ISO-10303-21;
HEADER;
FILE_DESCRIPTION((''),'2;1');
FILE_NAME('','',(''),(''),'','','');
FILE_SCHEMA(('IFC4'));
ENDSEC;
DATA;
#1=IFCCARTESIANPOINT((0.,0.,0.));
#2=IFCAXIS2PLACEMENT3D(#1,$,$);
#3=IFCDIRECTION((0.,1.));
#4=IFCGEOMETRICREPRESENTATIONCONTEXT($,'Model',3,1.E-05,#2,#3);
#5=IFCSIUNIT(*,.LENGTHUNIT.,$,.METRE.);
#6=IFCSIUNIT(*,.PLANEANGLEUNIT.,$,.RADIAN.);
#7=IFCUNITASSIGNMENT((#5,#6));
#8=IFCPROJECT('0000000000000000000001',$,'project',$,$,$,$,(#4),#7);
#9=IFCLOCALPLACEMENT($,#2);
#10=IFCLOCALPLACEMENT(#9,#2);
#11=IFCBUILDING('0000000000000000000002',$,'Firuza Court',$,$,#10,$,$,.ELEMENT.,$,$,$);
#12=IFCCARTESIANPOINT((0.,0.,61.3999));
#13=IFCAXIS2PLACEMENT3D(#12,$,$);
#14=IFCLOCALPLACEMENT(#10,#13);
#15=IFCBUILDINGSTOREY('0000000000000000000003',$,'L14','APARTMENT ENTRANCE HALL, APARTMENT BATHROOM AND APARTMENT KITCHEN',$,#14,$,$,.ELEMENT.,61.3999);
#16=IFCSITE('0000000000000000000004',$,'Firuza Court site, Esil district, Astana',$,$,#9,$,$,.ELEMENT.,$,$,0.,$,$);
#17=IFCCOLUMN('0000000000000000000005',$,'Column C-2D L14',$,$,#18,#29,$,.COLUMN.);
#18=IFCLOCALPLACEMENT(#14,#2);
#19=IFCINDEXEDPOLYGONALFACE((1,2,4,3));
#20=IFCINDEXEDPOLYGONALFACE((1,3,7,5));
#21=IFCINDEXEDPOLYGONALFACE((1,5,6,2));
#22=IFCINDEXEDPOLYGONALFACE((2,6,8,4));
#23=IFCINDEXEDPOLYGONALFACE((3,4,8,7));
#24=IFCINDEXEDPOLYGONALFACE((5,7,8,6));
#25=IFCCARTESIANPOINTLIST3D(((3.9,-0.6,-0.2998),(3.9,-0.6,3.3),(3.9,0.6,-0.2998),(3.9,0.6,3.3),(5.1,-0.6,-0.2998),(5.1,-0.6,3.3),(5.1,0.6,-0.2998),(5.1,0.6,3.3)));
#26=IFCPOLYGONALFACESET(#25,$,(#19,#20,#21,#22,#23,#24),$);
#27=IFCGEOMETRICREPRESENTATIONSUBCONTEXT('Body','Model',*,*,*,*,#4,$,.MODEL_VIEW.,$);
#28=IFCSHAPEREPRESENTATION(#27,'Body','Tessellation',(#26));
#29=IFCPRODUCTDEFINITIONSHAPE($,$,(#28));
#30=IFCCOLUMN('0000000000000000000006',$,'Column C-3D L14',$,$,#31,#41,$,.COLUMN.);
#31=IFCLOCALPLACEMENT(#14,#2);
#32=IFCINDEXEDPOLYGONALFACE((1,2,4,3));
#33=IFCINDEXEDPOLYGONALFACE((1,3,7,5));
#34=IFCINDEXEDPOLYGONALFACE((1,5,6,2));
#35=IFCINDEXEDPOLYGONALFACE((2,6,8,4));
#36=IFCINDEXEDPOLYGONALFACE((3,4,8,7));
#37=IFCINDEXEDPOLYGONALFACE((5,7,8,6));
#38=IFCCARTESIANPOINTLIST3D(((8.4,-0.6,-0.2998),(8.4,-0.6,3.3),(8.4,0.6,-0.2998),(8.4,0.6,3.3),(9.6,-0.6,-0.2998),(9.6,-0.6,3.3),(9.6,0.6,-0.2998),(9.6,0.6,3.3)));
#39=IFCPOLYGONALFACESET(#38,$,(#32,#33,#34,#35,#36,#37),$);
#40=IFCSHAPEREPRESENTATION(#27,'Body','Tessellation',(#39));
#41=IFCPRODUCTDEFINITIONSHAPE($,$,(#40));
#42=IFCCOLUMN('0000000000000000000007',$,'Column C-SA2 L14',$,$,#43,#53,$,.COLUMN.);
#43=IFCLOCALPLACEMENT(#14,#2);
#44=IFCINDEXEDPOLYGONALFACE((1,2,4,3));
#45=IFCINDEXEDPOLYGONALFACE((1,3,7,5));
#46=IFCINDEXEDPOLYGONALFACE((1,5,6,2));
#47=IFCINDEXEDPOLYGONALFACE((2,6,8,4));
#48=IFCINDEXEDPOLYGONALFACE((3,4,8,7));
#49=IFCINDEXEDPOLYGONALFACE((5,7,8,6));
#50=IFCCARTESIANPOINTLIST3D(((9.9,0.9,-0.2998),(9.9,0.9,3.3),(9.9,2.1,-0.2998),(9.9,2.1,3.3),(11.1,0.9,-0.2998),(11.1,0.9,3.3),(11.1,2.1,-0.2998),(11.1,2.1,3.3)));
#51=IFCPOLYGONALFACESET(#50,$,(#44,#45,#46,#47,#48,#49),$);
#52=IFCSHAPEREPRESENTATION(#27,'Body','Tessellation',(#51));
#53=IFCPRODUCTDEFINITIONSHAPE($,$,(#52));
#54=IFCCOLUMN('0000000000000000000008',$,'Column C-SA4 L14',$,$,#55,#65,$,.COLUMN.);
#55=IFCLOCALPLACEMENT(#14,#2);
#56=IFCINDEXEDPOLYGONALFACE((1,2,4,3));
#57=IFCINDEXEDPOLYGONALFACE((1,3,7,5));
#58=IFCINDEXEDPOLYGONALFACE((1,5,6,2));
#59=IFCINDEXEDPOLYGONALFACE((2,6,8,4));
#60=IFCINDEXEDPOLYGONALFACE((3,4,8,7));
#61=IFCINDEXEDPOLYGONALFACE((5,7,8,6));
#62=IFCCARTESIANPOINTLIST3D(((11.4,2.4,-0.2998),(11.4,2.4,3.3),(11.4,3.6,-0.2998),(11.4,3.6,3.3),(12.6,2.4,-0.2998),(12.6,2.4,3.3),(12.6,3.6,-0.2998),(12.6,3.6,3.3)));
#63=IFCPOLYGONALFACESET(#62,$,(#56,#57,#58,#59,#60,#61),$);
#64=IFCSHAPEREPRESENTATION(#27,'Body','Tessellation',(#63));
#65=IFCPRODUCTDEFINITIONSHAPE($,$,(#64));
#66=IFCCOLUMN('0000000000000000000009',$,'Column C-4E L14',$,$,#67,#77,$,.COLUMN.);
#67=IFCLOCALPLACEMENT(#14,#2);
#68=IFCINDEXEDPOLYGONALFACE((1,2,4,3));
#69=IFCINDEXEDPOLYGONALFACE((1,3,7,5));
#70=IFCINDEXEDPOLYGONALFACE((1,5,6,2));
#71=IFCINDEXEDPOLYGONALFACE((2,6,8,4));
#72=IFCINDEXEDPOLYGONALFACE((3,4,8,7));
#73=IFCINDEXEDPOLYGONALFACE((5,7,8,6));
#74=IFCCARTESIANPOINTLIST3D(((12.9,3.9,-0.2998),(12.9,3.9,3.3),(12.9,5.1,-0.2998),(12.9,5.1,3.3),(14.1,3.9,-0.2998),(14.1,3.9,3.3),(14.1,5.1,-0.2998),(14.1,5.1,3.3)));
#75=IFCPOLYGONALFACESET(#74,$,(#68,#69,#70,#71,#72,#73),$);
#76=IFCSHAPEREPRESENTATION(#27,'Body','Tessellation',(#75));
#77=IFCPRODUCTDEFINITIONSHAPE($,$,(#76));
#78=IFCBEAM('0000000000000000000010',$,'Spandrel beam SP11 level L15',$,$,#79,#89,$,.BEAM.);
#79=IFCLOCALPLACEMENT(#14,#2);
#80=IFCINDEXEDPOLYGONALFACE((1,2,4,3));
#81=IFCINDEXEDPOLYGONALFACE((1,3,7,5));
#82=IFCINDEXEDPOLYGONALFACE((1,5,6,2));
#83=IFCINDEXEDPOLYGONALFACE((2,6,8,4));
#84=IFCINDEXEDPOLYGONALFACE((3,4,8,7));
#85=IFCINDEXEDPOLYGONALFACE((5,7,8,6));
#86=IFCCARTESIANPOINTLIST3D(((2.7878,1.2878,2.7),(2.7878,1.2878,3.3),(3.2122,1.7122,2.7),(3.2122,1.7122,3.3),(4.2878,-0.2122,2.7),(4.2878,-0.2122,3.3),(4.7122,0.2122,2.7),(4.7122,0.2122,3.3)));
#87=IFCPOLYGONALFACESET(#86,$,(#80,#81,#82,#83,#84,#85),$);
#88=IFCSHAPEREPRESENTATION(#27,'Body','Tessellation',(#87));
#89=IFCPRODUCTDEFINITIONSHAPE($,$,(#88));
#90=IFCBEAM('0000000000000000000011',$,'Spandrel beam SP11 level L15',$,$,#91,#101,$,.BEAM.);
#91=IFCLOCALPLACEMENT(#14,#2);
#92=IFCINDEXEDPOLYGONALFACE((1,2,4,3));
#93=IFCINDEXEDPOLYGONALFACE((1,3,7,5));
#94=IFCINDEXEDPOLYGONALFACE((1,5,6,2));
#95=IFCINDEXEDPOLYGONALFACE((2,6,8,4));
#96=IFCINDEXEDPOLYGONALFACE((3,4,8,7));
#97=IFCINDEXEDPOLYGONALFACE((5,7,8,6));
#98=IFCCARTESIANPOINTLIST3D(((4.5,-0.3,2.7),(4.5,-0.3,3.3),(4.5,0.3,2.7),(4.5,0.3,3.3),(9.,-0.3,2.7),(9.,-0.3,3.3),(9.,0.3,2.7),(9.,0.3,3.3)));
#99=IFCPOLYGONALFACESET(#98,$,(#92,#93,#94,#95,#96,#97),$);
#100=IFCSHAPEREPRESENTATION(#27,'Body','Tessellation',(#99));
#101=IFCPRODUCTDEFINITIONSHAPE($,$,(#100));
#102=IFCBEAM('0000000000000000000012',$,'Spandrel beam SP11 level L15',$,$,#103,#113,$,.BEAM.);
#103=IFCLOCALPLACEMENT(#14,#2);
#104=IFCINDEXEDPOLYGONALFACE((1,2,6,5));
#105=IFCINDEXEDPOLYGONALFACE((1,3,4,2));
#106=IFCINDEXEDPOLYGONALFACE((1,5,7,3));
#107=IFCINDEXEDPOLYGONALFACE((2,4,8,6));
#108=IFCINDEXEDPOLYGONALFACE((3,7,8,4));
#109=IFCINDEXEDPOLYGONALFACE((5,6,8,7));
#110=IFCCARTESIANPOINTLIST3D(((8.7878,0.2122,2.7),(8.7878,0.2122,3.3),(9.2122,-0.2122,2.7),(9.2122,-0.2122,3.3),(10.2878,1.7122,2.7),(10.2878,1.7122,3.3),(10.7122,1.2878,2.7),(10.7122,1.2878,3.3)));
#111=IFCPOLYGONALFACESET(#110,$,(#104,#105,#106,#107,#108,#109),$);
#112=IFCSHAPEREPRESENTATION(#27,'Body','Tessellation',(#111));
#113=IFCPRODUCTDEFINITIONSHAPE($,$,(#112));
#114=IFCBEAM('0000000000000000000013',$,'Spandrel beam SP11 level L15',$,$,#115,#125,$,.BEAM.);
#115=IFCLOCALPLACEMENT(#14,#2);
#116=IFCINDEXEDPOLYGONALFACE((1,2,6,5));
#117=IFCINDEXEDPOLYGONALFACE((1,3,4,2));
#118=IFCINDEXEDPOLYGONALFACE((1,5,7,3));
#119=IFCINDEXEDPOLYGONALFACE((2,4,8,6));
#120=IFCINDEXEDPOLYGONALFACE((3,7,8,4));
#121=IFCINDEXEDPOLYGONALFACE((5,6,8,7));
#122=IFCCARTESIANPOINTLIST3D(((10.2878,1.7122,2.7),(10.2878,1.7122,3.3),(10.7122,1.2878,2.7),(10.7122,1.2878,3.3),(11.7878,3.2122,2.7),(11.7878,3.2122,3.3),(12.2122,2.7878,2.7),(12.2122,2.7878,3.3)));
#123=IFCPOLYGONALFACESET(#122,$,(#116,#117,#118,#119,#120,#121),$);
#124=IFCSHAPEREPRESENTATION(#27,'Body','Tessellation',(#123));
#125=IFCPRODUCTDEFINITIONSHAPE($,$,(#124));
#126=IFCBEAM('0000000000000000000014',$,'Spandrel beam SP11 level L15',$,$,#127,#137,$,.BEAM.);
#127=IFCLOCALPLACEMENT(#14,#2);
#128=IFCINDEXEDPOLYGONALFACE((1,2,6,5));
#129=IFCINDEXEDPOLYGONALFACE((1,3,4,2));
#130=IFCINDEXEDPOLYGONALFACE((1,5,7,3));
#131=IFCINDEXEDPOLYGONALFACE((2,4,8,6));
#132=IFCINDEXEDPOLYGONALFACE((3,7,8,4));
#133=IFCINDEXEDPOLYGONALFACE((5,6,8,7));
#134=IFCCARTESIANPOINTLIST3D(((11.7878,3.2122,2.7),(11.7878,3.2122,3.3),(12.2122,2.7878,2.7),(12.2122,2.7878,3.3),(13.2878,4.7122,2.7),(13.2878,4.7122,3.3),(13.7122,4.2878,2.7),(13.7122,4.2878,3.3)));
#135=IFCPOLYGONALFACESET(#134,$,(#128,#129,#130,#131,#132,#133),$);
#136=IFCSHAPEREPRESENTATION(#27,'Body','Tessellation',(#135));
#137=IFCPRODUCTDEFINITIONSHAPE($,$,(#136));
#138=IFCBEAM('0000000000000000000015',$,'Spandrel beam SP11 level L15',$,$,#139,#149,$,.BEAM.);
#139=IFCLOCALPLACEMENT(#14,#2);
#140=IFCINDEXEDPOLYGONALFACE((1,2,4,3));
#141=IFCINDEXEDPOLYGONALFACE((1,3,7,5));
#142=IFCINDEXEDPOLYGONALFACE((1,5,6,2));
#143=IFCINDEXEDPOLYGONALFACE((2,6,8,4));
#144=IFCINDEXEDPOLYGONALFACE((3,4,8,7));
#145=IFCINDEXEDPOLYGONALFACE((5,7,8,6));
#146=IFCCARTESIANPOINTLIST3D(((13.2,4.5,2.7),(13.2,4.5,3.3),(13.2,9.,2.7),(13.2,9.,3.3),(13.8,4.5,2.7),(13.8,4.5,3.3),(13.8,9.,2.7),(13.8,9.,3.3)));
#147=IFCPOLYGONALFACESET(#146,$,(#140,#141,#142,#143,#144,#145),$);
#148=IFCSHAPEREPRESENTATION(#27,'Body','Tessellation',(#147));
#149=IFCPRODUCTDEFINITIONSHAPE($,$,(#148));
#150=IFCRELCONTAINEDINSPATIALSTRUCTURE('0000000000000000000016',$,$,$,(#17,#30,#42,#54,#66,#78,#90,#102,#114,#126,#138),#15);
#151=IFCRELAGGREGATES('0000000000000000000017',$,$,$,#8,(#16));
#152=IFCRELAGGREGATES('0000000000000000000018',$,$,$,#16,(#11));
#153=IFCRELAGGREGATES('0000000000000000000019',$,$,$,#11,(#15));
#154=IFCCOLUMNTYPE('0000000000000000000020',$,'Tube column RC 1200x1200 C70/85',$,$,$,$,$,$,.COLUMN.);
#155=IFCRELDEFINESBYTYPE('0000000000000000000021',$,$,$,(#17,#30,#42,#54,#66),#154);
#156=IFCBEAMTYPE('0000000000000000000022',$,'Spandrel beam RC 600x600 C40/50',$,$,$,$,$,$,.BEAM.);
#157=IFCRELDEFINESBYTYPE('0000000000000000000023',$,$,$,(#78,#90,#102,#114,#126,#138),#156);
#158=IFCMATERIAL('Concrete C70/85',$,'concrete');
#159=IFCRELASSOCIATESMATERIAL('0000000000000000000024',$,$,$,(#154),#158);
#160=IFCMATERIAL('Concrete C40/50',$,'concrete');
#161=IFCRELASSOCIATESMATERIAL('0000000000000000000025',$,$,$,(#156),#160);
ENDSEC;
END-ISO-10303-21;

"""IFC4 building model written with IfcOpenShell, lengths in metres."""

from ifc_helpers import new_model, si_unit, direction, frame, origin, origin_2d, place, context, subcontext, project, spatial, rectangle, extrude, material, material_profile, profile_set, type_object, element, save


model = new_model("IFC4")

# Units and contexts
model_context = context("Model", 3, precision=1e-05, world=origin(), true_north=direction((0.0, 1.0)))
body_context = subcontext(model_context, "Body", "Model", "MODEL_VIEW")
ifc_project = project(units=[si_unit("LENGTHUNIT", "METRE"), si_unit("PLANEANGLEUNIT", "RADIAN")], contexts=[model_context])

# Site, building, storey
site_placement = place(None, origin())
site = spatial("IfcSite", under=ifc_project, at=site_placement, Name="Firuza Court site, Esil district, Astana", CompositionType="ELEMENT", RefElevation=0.0)
building_placement = place(site_placement, origin())
building = spatial("IfcBuilding", under=site, at=building_placement, Name="Firuza Court", CompositionType="ELEMENT")
storey_placement = place(building_placement, frame((0.0, 0.0, 61.3999)))
storey = spatial("IfcBuildingStorey", under=building, at=storey_placement, Name="L14", Description="APARTMENT ENTRANCE HALL, APARTMENT BATHROOM AND APARTMENT KITCHEN", CompositionType="ELEMENT", Elevation=61.3999)

# Columns
ifc_material_1 = material(Name="Concrete C70/85", Category="concrete")
ifc_material_profile_1 = material_profile(ifc_material_1, rectangle(XDim=1.2, YDim=1.2, at=origin_2d()), Name="RC 1200x1200")
ifc_profile_set_1 = profile_set([ifc_material_profile_1], Name="Concrete C70/85")
column_type = type_object("IfcColumnType", Name="Tube column RC 1200x1200 C70/85", PredefinedType="COLUMN", material=ifc_profile_set_1)
for number, where, z_axis, x_axis, name in (
    (1, (4.5, 0.0, -0.2998), (0.0, 0.0, 1.0), (1.0, 0.0, 0.0), "Column C-2D L14"),
    (2, (9.0, 0.0, -0.2998), (0.0, 0.0, 1.0), (1.0, 0.0, 0.0), "Column C-3D L14"),
    (3, (10.5, 1.5, -0.2998), (0.0, 0.0, 1.0), (1.0, 0.0, 0.0), "Column C-SA2 L14"),
    (4, (12.0, 3.0, -0.2998), (0.0, 0.0, 1.0), (1.0, 0.0, 0.0), "Column C-SA4 L14"),
    (5, (13.5, 4.5, -0.2998), (0.0, 0.0, 1.0), (1.0, 0.0, 0.0), "Column C-4E L14"),
):
    element("IfcColumn", number, at=place(storey_placement, frame(where, z_axis=z_axis, x_axis=x_axis)), inside=storey, type_object=column_type, Name=name, PredefinedType="COLUMN", context=body_context, shape_type="SweptSolid", body=[
        extrude(rectangle(XDim=1.2, YDim=1.2, at=origin_2d()), origin(), (0.0, 0.0, 1.0), 3.5999),
    ])

# Beams
ifc_material_2 = material(Name="Concrete C40/50", Category="concrete")
ifc_material_profile_2 = material_profile(ifc_material_2, rectangle(XDim=0.6001, YDim=0.6001, at=origin_2d()), Name="RC 600x600")
ifc_profile_set_2 = profile_set([ifc_material_profile_2], Name="Concrete C40/50")
beam_type = type_object("IfcBeamType", Name="Spandrel beam RC 600x600 C40/50", PredefinedType="BEAM", material=ifc_profile_set_2)
beam_1_placement = place(storey_placement, frame((3.0, 1.5, 3.0), z_axis=(0.707107, -0.707107, 0.0), x_axis=(0.707107, 0.707107, 0.0)))
element("IfcBeam", 6, at=beam_1_placement, inside=storey, type_object=beam_type, Name="Spandrel beam SP11 level L15", PredefinedType="BEAM", context=body_context, shape_type="SweptSolid", body=[
    extrude(rectangle(XDim=0.6001, YDim=0.6001, at=origin_2d()), origin(), (0.0, 0.0, 1.0), 2.1213),
])
beam_2_placement = place(storey_placement, frame((4.5, 0.0, 3.0), z_axis=(1.0, 0.0, 0.0), x_axis=(0.0, 1.0, 0.0)))
element("IfcBeam", 7, at=beam_2_placement, inside=storey, type_object=beam_type, Name="Spandrel beam SP11 level L15", PredefinedType="BEAM", context=body_context, shape_type="SweptSolid", body=[
    extrude(rectangle(XDim=0.6001, YDim=0.6001, at=origin_2d()), origin(), (0.0, 0.0, 1.0), 4.5),
])
for number, where, z_axis, x_axis, name in (
    (8, (9.0, 0.0, 3.0), (0.707107, 0.707107, 0.0), (-0.707107, 0.707107, 0.0), "Spandrel beam SP11 level L15"),
    (9, (10.5, 1.5, 3.0), (0.707107, 0.707107, 0.0), (-0.707107, 0.707107, 0.0), "Spandrel beam SP11 level L15"),
    (10, (12.0, 3.0, 3.0), (0.707107, 0.707107, 0.0), (-0.707107, 0.707107, 0.0), "Spandrel beam SP11 level L15"),
):
    element("IfcBeam", number, at=place(storey_placement, frame(where, z_axis=z_axis, x_axis=x_axis)), inside=storey, type_object=beam_type, Name=name, PredefinedType="BEAM", context=body_context, shape_type="SweptSolid", body=[
        extrude(rectangle(XDim=0.6001, YDim=0.6001, at=origin_2d()), origin(), (0.0, 0.0, 1.0), 2.1213),
    ])
beam_3_placement = place(storey_placement, frame((13.5, 4.5, 3.0), z_axis=(0.0, 1.0, 0.0), x_axis=(-1.0, 0.0, 0.0)))
element("IfcBeam", 11, at=beam_3_placement, inside=storey, type_object=beam_type, Name="Spandrel beam SP11 level L15", PredefinedType="BEAM", context=body_context, shape_type="SweptSolid", body=[
    extrude(rectangle(XDim=0.6001, YDim=0.6001, at=origin_2d()), origin(), (0.0, 0.0, 1.0), 4.5),
])

save(model, "model.ifc")
